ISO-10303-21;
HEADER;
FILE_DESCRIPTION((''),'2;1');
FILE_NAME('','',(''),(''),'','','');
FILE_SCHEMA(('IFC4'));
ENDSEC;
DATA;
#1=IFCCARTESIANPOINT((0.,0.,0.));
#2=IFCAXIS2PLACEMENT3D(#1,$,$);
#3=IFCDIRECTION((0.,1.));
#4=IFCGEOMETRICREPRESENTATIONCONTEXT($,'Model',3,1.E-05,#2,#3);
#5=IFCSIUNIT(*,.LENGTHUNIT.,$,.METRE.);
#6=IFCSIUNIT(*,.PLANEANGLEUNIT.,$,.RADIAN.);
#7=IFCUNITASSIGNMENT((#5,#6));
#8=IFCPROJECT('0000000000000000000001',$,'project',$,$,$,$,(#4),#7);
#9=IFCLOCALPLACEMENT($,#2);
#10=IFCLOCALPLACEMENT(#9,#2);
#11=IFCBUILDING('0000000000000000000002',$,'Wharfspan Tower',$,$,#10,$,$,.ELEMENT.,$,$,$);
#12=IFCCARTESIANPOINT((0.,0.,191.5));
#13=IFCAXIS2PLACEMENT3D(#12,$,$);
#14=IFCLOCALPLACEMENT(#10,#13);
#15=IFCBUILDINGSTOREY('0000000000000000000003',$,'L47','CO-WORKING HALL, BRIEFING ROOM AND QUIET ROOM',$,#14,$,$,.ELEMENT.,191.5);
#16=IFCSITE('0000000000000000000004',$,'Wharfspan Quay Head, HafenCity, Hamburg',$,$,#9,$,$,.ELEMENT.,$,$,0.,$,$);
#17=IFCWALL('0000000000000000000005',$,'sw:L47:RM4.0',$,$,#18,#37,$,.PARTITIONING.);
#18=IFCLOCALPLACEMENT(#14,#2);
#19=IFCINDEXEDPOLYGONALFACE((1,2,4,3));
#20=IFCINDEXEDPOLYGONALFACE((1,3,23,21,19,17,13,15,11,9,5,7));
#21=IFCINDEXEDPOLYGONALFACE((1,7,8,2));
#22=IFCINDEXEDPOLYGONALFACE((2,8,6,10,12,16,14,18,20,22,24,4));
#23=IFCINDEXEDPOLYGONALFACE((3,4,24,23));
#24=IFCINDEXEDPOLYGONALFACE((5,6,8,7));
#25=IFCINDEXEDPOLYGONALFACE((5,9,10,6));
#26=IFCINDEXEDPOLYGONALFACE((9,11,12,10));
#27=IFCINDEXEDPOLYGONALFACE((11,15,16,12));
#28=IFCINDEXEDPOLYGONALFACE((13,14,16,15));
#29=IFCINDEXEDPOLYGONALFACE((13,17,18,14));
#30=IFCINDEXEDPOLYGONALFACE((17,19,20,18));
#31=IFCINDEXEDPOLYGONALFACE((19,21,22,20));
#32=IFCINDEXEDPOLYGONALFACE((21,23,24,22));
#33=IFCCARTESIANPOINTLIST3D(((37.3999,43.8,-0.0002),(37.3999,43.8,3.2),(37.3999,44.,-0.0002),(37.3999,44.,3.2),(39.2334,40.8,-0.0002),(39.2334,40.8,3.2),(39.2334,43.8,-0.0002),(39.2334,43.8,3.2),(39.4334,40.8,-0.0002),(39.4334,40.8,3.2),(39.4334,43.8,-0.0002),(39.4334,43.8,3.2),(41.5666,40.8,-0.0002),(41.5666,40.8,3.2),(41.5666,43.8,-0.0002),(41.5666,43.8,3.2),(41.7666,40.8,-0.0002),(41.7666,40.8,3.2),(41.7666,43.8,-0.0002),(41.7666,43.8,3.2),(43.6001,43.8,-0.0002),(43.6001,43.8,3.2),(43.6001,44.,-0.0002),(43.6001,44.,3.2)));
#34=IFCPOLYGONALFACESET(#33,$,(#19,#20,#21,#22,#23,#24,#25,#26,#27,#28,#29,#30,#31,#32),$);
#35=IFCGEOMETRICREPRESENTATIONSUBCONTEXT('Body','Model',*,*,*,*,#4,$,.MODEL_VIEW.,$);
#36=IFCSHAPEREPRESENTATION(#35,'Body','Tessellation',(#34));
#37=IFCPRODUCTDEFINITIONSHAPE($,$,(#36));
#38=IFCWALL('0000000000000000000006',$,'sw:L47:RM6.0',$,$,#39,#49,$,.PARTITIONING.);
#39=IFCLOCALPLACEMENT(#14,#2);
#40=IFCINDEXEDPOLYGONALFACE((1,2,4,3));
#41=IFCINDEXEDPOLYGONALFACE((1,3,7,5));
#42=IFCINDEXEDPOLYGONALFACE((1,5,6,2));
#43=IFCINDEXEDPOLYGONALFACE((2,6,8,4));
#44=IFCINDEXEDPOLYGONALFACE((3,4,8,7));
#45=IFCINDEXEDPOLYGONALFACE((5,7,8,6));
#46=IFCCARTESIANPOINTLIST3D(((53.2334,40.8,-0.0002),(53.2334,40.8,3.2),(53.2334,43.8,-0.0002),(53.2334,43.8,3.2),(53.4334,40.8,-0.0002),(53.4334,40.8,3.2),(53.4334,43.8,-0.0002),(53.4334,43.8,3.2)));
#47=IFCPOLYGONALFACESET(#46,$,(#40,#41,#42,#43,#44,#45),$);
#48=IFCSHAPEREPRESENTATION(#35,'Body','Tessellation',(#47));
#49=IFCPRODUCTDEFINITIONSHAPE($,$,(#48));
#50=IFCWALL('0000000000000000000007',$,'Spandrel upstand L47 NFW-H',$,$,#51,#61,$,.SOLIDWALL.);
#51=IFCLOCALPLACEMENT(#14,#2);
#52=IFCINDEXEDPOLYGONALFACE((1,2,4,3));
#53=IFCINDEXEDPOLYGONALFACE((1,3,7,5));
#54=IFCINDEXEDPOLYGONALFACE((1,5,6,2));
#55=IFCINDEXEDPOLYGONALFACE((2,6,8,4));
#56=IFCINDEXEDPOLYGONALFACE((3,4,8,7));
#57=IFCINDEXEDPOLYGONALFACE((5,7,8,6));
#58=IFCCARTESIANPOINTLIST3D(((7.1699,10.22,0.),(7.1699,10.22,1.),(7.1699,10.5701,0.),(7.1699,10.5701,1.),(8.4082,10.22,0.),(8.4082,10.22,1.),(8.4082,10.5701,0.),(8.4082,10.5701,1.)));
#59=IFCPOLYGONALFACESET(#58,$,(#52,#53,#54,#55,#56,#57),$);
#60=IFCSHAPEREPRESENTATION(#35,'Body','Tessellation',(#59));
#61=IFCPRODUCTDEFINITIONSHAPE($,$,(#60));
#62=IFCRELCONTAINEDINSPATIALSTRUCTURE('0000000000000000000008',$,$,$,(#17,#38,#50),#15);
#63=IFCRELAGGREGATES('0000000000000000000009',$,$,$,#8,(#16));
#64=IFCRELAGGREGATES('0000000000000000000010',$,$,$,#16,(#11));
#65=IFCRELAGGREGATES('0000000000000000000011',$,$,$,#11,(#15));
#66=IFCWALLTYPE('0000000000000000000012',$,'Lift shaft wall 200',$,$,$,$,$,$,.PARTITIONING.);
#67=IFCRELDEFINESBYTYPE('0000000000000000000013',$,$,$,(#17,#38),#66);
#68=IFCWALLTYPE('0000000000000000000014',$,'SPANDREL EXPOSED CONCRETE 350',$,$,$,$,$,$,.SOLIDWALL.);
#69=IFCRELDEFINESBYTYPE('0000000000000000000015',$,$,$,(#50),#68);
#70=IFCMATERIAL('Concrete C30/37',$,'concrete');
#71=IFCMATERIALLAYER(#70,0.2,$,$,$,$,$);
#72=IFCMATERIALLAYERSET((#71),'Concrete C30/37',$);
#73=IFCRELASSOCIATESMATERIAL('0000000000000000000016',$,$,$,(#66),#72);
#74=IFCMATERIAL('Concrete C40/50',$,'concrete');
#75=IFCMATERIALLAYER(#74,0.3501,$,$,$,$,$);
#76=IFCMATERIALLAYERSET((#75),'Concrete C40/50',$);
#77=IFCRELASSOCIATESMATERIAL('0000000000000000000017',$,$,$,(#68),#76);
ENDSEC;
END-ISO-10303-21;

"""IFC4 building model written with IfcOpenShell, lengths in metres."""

from ifc_helpers import new_model, si_unit, direction, frame, frame_2d, origin, place, context, subcontext, project, spatial, polyline, rectangle, outline, extrude, material, layer, layer_set, type_object, element, save


model = new_model("IFC4")

# Units and contexts
model_context = context("Model", 3, precision=1e-05, world=origin(), true_north=direction((0.0, 1.0)))
body_context = subcontext(model_context, "Body", "Model", "MODEL_VIEW")
ifc_project = project(units=[si_unit("LENGTHUNIT", "METRE"), si_unit("PLANEANGLEUNIT", "RADIAN")], contexts=[model_context])

# Site, building, storey
site_placement = place(None, origin())
site = spatial("IfcSite", under=ifc_project, at=site_placement, Name="Wharfspan Quay Head, HafenCity, Hamburg", CompositionType="ELEMENT", RefElevation=0.0)
building_placement = place(site_placement, origin())
building = spatial("IfcBuilding", under=site, at=building_placement, Name="Wharfspan Tower", CompositionType="ELEMENT")
storey_placement = place(building_placement, frame((0.0, 0.0, 191.5)))
storey = spatial("IfcBuildingStorey", under=building, at=storey_placement, Name="L47", Description="CO-WORKING HALL, BRIEFING ROOM AND QUIET ROOM", CompositionType="ELEMENT", Elevation=191.5)

# Shared definitions
ifc_material_1 = material(Name="Concrete C40/50", Category="concrete")

# Walls
ifc_material_2 = material(Name="Concrete C30/37", Category="concrete")
ifc_layer_1 = layer(ifc_material_2, 0.2)
ifc_layer_set_1 = layer_set([ifc_layer_1], Name="Concrete C30/37")
wall_type_1 = type_object("IfcWallType", Name="Lift shaft wall 200", PredefinedType="PARTITIONING", material=ifc_layer_set_1)
wall_1_placement = place(storey_placement, frame((0.0, 0.0, -0.0002)))
element("IfcWall", 1, at=wall_1_placement, inside=storey, type_object=wall_type_1, Name="sw:L47:RM4.0", PredefinedType="PARTITIONING", context=body_context, shape_type="SweptSolid", body=[
    extrude(outline(polyline([(39.4333, 40.8), (39.2334, 40.8), (39.2334, 43.8), (37.3999, 43.8), (37.3999, 44.0), (43.6001, 44.0), (43.6001, 43.8), (41.7666, 43.8), (41.7666, 40.8), (41.5667, 40.8), (41.5667, 43.8), (39.4333, 43.8), (39.4333, 40.8)])), origin(), (0.0, 0.0, 1.0), 3.2002),
])
wall_2_placement = place(storey_placement, frame((0.0, 0.0, -0.0002)))
element("IfcWall", 2, at=wall_2_placement, inside=storey, type_object=wall_type_1, Name="sw:L47:RM6.0", PredefinedType="PARTITIONING", context=body_context, shape_type="SweptSolid", body=[
    extrude(outline(polyline([(53.4333, 40.8), (53.4333, 43.8), (53.2334, 43.8), (53.2334, 40.8), (53.4333, 40.8)])), origin(), (0.0, 0.0, 1.0), 3.2002),
])
ifc_layer_2 = layer(ifc_material_1, 0.3501)
ifc_layer_set_2 = layer_set([ifc_layer_2], Name="Concrete C40/50")
wall_type_2 = type_object("IfcWallType", Name="SPANDREL EXPOSED CONCRETE 350", PredefinedType="SOLIDWALL", material=ifc_layer_set_2)
wall_3_placement = place(storey_placement, frame((7.1699, 10.395, 0.0), z_axis=(0.0, 0.0, 1.0), x_axis=(1.0, 0.0, 0.0)))
element("IfcWall", 3, at=wall_3_placement, inside=storey, type_object=wall_type_2, Name="Spandrel upstand L47 NFW-H", PredefinedType="SOLIDWALL", context=body_context, shape_type="SweptSolid", body=[
    extrude(rectangle(XDim=1.2383, YDim=0.3501, at=frame_2d((0.6191, 0.0))), origin(), (0.0, 0.0, 1.0), 1.0),
])

save(model, "model.ifc")
